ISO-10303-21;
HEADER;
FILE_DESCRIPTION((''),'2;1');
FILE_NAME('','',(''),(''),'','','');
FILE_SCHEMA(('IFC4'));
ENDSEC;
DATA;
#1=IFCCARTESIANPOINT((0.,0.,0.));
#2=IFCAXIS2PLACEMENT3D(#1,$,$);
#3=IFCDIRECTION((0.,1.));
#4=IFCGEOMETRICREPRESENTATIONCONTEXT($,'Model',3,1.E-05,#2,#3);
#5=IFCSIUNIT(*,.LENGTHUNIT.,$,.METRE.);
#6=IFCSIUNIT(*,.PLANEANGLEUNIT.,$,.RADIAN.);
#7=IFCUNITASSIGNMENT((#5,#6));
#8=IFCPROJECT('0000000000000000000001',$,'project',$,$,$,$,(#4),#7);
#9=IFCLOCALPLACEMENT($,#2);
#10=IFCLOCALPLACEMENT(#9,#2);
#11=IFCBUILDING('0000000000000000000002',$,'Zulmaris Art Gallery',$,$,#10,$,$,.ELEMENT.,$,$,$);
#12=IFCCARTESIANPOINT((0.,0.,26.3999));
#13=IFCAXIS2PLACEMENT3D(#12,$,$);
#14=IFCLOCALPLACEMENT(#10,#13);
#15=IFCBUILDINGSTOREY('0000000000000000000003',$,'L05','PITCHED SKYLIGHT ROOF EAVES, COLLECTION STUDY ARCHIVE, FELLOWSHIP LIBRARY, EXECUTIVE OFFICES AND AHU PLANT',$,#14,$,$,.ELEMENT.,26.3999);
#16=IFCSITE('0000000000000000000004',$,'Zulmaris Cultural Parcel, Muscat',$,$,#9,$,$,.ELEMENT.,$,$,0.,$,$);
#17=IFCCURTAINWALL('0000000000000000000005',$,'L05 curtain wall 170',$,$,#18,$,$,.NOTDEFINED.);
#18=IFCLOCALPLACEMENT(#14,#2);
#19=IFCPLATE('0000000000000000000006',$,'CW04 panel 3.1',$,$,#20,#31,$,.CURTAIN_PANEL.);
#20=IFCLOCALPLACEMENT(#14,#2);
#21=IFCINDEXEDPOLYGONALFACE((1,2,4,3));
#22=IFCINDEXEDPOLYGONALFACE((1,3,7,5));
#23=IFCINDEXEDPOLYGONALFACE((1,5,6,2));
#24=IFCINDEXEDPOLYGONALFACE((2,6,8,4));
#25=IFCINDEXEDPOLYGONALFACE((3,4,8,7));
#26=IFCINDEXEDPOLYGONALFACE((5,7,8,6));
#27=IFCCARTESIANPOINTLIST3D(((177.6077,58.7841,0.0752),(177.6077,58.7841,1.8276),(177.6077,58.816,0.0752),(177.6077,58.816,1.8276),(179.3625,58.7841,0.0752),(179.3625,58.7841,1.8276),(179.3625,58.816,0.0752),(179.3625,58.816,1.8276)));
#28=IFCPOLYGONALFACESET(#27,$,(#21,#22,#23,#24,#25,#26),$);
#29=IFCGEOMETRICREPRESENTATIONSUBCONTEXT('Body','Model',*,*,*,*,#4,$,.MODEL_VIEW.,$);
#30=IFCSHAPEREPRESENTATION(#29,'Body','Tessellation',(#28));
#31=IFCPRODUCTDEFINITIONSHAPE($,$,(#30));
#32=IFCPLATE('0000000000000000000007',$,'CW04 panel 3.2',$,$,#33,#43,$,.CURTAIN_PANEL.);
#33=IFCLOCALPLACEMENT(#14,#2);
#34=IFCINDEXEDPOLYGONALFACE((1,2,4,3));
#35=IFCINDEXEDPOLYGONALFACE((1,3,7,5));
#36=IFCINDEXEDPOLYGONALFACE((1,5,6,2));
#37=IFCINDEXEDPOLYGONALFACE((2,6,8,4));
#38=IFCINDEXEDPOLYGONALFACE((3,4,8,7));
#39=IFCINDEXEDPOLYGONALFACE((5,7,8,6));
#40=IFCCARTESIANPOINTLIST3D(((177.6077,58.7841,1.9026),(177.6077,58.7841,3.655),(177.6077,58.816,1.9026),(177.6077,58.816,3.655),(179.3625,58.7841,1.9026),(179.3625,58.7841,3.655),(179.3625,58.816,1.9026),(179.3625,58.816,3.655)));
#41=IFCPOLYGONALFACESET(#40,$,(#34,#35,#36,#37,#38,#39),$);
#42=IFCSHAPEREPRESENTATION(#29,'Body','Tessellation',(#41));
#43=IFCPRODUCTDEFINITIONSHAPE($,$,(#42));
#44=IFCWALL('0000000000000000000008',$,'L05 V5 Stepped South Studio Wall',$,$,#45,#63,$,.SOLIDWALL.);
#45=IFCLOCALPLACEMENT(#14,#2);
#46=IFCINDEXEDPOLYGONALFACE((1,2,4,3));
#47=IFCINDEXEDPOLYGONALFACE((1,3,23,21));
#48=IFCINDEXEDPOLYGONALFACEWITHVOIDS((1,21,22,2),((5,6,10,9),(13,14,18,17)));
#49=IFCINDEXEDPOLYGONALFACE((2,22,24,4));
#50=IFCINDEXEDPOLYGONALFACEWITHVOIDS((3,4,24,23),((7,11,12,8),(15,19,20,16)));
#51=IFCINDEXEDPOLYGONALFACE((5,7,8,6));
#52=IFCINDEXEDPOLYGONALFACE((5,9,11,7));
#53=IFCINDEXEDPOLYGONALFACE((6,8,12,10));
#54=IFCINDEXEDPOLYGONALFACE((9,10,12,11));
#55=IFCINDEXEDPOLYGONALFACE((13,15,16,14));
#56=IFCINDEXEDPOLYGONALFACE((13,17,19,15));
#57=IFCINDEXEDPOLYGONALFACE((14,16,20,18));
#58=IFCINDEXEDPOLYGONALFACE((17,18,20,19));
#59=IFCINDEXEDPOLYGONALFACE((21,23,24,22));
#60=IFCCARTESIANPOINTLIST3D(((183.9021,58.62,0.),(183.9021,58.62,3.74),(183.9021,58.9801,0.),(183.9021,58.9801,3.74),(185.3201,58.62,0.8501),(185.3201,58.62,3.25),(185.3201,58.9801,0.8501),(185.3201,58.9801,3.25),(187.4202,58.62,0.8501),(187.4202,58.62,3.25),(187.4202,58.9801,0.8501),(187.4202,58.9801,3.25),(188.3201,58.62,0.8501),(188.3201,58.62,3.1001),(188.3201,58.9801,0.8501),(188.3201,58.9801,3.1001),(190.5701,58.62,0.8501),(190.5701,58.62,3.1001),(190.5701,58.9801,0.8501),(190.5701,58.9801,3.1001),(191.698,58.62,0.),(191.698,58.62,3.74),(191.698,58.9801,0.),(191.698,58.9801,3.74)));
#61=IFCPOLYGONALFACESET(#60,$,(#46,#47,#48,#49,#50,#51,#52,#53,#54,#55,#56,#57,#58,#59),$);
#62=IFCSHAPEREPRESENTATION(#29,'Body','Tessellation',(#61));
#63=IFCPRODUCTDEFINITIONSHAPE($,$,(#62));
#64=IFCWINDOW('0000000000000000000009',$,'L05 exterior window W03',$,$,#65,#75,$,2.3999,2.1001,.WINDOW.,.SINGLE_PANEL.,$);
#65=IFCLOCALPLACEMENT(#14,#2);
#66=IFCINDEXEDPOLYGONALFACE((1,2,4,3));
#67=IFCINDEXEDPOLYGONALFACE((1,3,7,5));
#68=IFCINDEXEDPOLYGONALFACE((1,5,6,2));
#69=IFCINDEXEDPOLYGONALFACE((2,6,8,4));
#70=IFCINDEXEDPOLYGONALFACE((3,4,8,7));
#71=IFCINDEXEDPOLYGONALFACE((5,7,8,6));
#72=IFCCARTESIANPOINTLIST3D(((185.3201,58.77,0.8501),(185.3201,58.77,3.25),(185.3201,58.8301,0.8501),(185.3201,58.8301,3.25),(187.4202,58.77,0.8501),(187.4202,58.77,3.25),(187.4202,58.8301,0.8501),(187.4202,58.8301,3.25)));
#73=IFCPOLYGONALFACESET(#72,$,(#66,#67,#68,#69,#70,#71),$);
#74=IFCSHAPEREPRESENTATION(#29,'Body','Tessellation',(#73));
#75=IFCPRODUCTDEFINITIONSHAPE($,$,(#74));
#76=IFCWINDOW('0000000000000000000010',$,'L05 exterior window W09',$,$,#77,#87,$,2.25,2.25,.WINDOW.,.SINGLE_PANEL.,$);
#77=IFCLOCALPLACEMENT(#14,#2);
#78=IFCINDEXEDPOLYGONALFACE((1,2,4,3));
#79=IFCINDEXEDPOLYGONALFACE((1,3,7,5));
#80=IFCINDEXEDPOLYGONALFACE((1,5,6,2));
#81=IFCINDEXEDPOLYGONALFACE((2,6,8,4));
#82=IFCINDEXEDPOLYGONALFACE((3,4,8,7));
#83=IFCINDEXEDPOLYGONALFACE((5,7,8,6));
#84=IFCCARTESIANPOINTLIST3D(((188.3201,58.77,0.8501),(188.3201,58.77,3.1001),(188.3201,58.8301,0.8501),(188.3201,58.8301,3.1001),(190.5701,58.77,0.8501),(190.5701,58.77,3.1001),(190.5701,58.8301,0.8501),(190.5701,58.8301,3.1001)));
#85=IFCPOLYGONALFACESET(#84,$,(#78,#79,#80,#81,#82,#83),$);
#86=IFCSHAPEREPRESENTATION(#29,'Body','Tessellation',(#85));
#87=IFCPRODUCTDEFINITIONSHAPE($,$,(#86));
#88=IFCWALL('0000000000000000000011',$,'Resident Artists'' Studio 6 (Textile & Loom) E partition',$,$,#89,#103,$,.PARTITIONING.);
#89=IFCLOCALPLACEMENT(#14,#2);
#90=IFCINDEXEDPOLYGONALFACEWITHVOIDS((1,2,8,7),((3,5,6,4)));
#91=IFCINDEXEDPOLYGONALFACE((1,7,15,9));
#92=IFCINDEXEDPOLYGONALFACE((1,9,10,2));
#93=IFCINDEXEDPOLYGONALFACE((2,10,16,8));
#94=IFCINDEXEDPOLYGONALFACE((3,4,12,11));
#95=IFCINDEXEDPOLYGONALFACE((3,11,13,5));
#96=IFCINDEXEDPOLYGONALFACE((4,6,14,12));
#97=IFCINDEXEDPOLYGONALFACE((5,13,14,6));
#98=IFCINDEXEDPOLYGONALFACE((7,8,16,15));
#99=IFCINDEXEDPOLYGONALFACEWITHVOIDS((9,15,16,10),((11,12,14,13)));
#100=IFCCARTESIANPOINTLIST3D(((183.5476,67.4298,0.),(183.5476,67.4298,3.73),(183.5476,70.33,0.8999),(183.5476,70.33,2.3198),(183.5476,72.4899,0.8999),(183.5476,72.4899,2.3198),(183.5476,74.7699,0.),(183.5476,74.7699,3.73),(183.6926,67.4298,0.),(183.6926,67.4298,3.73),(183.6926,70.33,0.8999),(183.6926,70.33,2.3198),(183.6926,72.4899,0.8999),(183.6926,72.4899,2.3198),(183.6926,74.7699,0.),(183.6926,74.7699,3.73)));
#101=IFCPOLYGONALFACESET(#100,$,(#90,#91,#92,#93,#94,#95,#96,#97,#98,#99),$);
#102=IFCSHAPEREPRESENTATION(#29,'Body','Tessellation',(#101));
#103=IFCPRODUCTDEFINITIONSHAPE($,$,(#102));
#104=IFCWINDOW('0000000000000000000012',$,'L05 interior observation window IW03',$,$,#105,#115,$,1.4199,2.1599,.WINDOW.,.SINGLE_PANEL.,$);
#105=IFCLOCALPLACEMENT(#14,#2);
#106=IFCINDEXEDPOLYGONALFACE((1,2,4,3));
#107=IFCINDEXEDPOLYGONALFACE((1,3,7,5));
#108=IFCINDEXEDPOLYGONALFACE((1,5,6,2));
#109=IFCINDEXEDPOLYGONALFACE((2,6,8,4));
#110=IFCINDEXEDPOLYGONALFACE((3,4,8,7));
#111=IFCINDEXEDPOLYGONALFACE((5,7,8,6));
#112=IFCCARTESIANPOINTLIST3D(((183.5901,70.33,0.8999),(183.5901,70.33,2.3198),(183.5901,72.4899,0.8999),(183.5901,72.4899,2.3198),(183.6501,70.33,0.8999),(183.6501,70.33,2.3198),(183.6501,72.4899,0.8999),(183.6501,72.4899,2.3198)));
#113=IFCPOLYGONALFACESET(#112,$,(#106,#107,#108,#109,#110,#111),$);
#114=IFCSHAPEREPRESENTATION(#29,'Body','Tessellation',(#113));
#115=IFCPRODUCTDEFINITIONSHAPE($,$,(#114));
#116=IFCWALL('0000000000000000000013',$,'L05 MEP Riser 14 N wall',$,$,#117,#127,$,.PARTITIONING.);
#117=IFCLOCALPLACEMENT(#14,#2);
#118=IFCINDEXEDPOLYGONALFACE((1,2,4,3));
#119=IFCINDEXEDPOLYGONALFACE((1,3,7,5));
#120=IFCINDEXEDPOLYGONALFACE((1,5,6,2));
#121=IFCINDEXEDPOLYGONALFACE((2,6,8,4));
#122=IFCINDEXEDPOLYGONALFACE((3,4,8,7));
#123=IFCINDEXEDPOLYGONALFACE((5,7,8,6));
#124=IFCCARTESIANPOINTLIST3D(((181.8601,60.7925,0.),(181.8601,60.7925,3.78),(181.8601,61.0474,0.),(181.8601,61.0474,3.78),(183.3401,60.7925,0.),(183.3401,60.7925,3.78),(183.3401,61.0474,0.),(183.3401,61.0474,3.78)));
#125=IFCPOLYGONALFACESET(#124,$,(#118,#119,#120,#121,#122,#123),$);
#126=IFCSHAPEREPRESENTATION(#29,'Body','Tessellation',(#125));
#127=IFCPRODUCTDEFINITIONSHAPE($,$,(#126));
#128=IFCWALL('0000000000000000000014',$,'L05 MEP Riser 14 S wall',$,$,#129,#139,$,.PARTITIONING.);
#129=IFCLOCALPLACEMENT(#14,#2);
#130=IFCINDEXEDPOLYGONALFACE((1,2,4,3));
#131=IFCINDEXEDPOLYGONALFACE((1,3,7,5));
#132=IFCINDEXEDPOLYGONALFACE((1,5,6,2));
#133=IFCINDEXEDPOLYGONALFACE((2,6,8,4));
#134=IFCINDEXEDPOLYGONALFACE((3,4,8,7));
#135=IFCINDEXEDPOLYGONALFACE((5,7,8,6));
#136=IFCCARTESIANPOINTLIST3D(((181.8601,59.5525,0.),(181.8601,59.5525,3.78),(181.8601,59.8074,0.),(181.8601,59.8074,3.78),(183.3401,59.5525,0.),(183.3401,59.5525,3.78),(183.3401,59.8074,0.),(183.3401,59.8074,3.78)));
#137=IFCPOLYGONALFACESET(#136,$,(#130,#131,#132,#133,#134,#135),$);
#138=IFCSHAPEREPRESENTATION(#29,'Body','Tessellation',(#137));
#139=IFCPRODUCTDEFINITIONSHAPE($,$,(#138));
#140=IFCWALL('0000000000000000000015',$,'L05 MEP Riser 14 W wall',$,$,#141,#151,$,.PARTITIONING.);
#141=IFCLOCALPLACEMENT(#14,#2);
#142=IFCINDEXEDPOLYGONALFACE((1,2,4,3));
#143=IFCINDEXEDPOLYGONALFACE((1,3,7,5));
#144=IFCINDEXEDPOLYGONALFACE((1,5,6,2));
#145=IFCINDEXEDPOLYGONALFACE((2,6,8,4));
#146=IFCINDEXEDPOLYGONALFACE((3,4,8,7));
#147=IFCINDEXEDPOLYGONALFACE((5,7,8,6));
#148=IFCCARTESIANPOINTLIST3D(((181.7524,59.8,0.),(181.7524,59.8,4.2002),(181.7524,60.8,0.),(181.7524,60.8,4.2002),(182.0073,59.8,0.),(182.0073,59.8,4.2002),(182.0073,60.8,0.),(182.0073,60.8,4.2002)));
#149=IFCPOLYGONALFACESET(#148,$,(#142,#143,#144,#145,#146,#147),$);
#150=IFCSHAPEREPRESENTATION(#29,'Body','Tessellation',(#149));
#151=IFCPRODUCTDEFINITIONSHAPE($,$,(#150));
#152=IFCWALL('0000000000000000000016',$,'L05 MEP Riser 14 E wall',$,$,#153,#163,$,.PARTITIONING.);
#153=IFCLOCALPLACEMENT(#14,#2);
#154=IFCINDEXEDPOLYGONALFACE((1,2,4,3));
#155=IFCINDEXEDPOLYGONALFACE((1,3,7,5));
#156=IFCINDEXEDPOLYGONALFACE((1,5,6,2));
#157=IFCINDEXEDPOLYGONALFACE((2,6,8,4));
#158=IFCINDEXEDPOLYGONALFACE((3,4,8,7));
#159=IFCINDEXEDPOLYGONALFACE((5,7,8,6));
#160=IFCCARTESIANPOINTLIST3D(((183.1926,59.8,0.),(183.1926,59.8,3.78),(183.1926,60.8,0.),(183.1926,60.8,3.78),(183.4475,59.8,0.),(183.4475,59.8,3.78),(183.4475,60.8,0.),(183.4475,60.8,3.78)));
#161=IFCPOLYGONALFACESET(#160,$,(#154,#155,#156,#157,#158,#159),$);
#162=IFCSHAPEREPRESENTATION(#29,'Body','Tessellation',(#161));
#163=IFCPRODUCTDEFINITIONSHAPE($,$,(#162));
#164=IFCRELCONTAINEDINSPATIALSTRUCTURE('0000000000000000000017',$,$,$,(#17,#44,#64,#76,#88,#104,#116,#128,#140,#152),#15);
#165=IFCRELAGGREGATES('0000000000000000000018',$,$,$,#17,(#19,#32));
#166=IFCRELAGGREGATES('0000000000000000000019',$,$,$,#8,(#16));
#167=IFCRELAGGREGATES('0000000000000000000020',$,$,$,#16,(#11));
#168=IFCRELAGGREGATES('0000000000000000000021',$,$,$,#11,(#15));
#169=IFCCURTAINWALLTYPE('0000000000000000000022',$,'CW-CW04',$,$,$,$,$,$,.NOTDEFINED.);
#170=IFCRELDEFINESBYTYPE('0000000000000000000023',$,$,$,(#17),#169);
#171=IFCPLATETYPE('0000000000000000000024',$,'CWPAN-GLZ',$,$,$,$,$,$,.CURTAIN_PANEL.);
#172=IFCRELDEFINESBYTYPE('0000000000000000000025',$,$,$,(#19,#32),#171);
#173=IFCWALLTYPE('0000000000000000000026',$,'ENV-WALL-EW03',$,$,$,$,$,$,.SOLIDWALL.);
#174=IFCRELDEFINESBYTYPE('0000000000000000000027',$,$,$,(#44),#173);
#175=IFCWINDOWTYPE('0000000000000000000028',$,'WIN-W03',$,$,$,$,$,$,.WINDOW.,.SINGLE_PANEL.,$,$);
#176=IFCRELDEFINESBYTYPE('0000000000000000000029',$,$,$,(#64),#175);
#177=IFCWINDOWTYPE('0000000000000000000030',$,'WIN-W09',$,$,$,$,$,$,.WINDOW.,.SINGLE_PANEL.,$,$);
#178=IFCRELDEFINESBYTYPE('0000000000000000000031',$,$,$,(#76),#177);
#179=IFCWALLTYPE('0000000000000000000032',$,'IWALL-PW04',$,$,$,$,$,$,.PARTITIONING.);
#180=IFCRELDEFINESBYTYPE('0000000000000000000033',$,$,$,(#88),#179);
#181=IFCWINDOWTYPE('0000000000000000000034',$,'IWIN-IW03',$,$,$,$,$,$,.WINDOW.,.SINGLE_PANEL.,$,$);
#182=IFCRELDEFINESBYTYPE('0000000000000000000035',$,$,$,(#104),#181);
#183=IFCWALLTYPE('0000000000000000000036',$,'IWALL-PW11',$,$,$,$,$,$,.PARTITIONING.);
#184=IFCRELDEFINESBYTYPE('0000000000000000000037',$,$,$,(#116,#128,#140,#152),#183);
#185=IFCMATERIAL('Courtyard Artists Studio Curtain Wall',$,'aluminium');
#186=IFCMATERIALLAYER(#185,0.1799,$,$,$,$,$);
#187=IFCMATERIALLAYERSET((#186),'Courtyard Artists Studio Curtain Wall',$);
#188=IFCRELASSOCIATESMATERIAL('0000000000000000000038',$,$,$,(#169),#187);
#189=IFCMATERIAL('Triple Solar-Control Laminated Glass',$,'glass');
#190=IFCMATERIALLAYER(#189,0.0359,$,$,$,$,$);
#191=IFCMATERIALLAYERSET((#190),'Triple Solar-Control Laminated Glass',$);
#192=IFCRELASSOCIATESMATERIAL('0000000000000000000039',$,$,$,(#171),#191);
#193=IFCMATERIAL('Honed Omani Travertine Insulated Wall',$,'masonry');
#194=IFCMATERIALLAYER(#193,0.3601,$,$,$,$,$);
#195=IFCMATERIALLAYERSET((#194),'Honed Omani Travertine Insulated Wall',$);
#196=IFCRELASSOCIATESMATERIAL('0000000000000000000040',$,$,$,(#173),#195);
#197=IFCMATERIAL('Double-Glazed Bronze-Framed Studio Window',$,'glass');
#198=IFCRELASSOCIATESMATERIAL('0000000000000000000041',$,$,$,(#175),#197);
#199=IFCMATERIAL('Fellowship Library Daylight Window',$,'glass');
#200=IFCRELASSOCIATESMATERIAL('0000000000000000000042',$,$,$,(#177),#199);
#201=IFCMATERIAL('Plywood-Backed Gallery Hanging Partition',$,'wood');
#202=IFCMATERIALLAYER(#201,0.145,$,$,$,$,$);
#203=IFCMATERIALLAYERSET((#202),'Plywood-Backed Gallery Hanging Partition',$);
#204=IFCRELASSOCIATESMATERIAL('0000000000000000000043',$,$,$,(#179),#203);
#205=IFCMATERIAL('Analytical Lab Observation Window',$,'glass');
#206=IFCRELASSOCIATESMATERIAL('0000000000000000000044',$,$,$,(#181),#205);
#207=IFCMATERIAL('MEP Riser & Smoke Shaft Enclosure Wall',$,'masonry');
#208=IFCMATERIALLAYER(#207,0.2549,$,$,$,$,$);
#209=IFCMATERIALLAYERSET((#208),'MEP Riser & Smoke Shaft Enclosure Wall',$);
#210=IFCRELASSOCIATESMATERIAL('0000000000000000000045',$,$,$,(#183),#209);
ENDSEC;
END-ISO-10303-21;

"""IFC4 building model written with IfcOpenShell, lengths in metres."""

from ifc_helpers import new_model, si_unit, direction, frame, frame_2d, origin, origin_2d, place, context, subcontext, project, spatial, rectangle, extrude, material, layer, layer_set, type_object, element, fill, aggregate, save


model = new_model("IFC4")

# Units and contexts
model_context = context("Model", 3, precision=1e-05, world=origin(), true_north=direction((0.0, 1.0)))
body_context = subcontext(model_context, "Body", "Model", "MODEL_VIEW")
ifc_project = project(units=[si_unit("LENGTHUNIT", "METRE"), si_unit("PLANEANGLEUNIT", "RADIAN")], contexts=[model_context])

# Site, building, storey
site_placement = place(None, origin())
site = spatial("IfcSite", under=ifc_project, at=site_placement, Name="Zulmaris Cultural Parcel, Muscat", CompositionType="ELEMENT", RefElevation=0.0)
building_placement = place(site_placement, origin())
building = spatial("IfcBuilding", under=site, at=building_placement, Name="Zulmaris Art Gallery", CompositionType="ELEMENT")
storey_placement = place(building_placement, frame((0.0, 0.0, 26.3999)))
storey = spatial("IfcBuildingStorey", under=building, at=storey_placement, Name="L05", Description="PITCHED SKYLIGHT ROOF EAVES, COLLECTION STUDY ARCHIVE, FELLOWSHIP LIBRARY, EXECUTIVE OFFICES AND AHU PLANT", CompositionType="ELEMENT", Elevation=26.3999)

# Curtain wall, plates
ifc_material_1 = material(Name="Courtyard Artists Studio Curtain Wall", Category="aluminium")
ifc_layer_1 = layer(ifc_material_1, 0.1799)
ifc_layer_set_1 = layer_set([ifc_layer_1], Name="Courtyard Artists Studio Curtain Wall")
curtain_wall_type = type_object("IfcCurtainWallType", Name="CW-CW04", PredefinedType="NOTDEFINED", material=ifc_layer_set_1)
curtain_wall_placement = place(storey_placement, origin())
curtain_wall = element("IfcCurtainWall", 1, at=curtain_wall_placement, inside=storey, type_object=curtain_wall_type, Name="L05 curtain wall 170", PredefinedType="NOTDEFINED")
ifc_material_2 = material(Name="Triple Solar-Control Laminated Glass", Category="glass")
ifc_layer_2 = layer(ifc_material_2, 0.0359)
ifc_layer_set_2 = layer_set([ifc_layer_2], Name="Triple Solar-Control Laminated Glass")
plate_type = type_object("IfcPlateType", Name="CWPAN-GLZ", PredefinedType="CURTAIN_PANEL", material=ifc_layer_set_2)
plate_1_placement = place(storey_placement, frame((178.4851, 58.8, 0.0752), z_axis=(0.0, 0.0, 1.0), x_axis=(-1.0, 0.0, 0.0)))
plate_1 = element("IfcPlate", 2, at=plate_1_placement, type_object=plate_type, Name="CW04 panel 3.1", PredefinedType="CURTAIN_PANEL", context=body_context, shape_type="SweptSolid", body=[
    extrude(rectangle(XDim=1.7549, YDim=0.032, at=origin_2d()), origin(), (0.0, 0.0, 1.0), 1.7524),
])
plate_2_placement = place(storey_placement, frame((178.4851, 58.8, 1.9026), z_axis=(0.0, 0.0, 1.0), x_axis=(-1.0, 0.0, 0.0)))
plate_2 = element("IfcPlate", 3, at=plate_2_placement, type_object=plate_type, Name="CW04 panel 3.2", PredefinedType="CURTAIN_PANEL", context=body_context, shape_type="SweptSolid", body=[
    extrude(rectangle(XDim=1.7549, YDim=0.032, at=origin_2d()), origin(), (0.0, 0.0, 1.0), 1.7524),
])
aggregate(curtain_wall, [plate_1, plate_2])

# Wall, openings, windows
ifc_material_3 = material(Name="Honed Omani Travertine Insulated Wall", Category="masonry")
ifc_layer_3 = layer(ifc_material_3, 0.3601)
ifc_layer_set_3 = layer_set([ifc_layer_3], Name="Honed Omani Travertine Insulated Wall")
wall_type_1 = type_object("IfcWallType", Name="ENV-WALL-EW03", PredefinedType="SOLIDWALL", material=ifc_layer_set_3)
wall_1_placement = place(storey_placement, frame((183.9021, 58.8, 0.0), z_axis=(0.0, 0.0, 1.0), x_axis=(1.0, 0.0, 0.0)))
wall_1 = element("IfcWall", 4, at=wall_1_placement, inside=storey, type_object=wall_type_1, Name="L05 V5 Stepped South Studio Wall", PredefinedType="SOLIDWALL", context=body_context, shape_type="SweptSolid", body=[
    extrude(rectangle(XDim=7.7959, YDim=0.3601, at=frame_2d((3.8979, 0.0))), origin(), (0.0, 0.0, 1.0), 3.74),
])
opening_1_placement = place(wall_1_placement, frame((1.418, 0.0, 0.8501)))
opening_1 = element("IfcOpeningElement", 5, at=opening_1_placement, cuts=wall_1, PredefinedType="OPENING", context=body_context, shape_type="SweptSolid", body=[
    extrude(rectangle(XDim=2.1001, YDim=2.3999, at=frame_2d((1.05, 1.2))), frame((0.0, 0.1899, 0.0), z_axis=(0.0, -1.0, 0.0), x_axis=(1.0, 0.0, 0.0)), (0.0, 0.0, 1.0), 0.3801),
])
opening_2_placement = place(wall_1_placement, frame((4.418, 0.0, 0.8501)))
opening_2 = element("IfcOpeningElement", 6, at=opening_2_placement, cuts=wall_1, PredefinedType="OPENING", context=body_context, shape_type="SweptSolid", body=[
    extrude(rectangle(XDim=2.25, YDim=2.25, at=frame_2d((1.125, 1.125))), frame((0.0, 0.1899, 0.0), z_axis=(0.0, -1.0, 0.0), x_axis=(1.0, 0.0, 0.0)), (0.0, 0.0, 1.0), 0.3801),
])
ifc_material_4 = material(Name="Double-Glazed Bronze-Framed Studio Window", Category="glass")
window_type_1 = type_object("IfcWindowType", Name="WIN-W03", PartitioningType="SINGLE_PANEL", PredefinedType="WINDOW", material=ifc_material_4)
window_1_placement = place(opening_1_placement, origin())
window_1 = element("IfcWindow", 7, at=window_1_placement, inside=storey, type_object=window_type_1, Name="L05 exterior window W03", OverallHeight=2.3999, OverallWidth=2.1001, PartitioningType="SINGLE_PANEL", PredefinedType="WINDOW", context=body_context, shape_type="SweptSolid", body=[
    extrude(rectangle(XDim=2.1001, YDim=2.3999, at=frame_2d((1.05, 1.2))), frame((0.0, 0.03, 0.0), z_axis=(0.0, -1.0, 0.0), x_axis=(1.0, 0.0, 0.0)), (0.0, 0.0, 1.0), 0.0601),
])
fill(opening_1, window_1)
ifc_material_5 = material(Name="Fellowship Library Daylight Window", Category="glass")
window_type_2 = type_object("IfcWindowType", Name="WIN-W09", PartitioningType="SINGLE_PANEL", PredefinedType="WINDOW", material=ifc_material_5)
window_2_placement = place(opening_2_placement, origin())
window_2 = element("IfcWindow", 8, at=window_2_placement, inside=storey, type_object=window_type_2, Name="L05 exterior window W09", OverallHeight=2.25, OverallWidth=2.25, PartitioningType="SINGLE_PANEL", PredefinedType="WINDOW", context=body_context, shape_type="SweptSolid", body=[
    extrude(rectangle(XDim=2.25, YDim=2.25, at=frame_2d((1.125, 1.125))), frame((0.0, 0.03, 0.0), z_axis=(0.0, -1.0, 0.0), x_axis=(1.0, 0.0, 0.0)), (0.0, 0.0, 1.0), 0.0601),
])
fill(opening_2, window_2)

# Wall, opening, window
ifc_material_6 = material(Name="Plywood-Backed Gallery Hanging Partition", Category="wood")
ifc_layer_4 = layer(ifc_material_6, 0.145)
ifc_layer_set_4 = layer_set([ifc_layer_4], Name="Plywood-Backed Gallery Hanging Partition")
wall_type_2 = type_object("IfcWallType", Name="IWALL-PW04", PredefinedType="PARTITIONING", material=ifc_layer_set_4)
wall_2_placement = place(storey_placement, frame((183.6201, 67.4299, 0.0), z_axis=(0.0, 0.0, 1.0), x_axis=(0.0, 1.0, 0.0)))
wall_2 = element("IfcWall", 9, at=wall_2_placement, inside=storey, type_object=wall_type_2, Name="Resident Artists' Studio 6 (Textile & Loom) E partition", PredefinedType="PARTITIONING", context=body_context, shape_type="SweptSolid", body=[
    extrude(rectangle(XDim=7.3401, YDim=0.145, at=frame_2d((3.6699, 0.0))), origin(), (0.0, 0.0, 1.0), 3.73),
])
opening_3_placement = place(wall_2_placement, frame((2.8999, 0.0, 0.8999)))
opening_3 = element("IfcOpeningElement", 10, at=opening_3_placement, cuts=wall_2, PredefinedType="OPENING", context=body_context, shape_type="SweptSolid", body=[
    extrude(rectangle(XDim=2.1599, YDim=1.4199, at=frame_2d((1.0801, 0.71))), frame((0.0, 0.0825, 0.0), z_axis=(0.0, -1.0, 0.0), x_axis=(1.0, 0.0, 0.0)), (0.0, 0.0, 1.0), 0.165),
])
ifc_material_7 = material(Name="Analytical Lab Observation Window", Category="glass")
window_type_3 = type_object("IfcWindowType", Name="IWIN-IW03", PartitioningType="SINGLE_PANEL", PredefinedType="WINDOW", material=ifc_material_7)
window_3_placement = place(opening_3_placement, origin())
window_3 = element("IfcWindow", 11, at=window_3_placement, inside=storey, type_object=window_type_3, Name="L05 interior observation window IW03", OverallHeight=1.4199, OverallWidth=2.1599, PartitioningType="SINGLE_PANEL", PredefinedType="WINDOW", context=body_context, shape_type="SweptSolid", body=[
    extrude(rectangle(XDim=2.1599, YDim=1.4199, at=frame_2d((1.0801, 0.71))), frame((0.0, 0.03, 0.0), z_axis=(0.0, -1.0, 0.0), x_axis=(1.0, 0.0, 0.0)), (0.0, 0.0, 1.0), 0.0601),
])
fill(opening_3, window_3)

# Walls
ifc_material_8 = material(Name="MEP Riser & Smoke Shaft Enclosure Wall", Category="masonry")
ifc_layer_5 = layer(ifc_material_8, 0.2549)
ifc_layer_set_5 = layer_set([ifc_layer_5], Name="MEP Riser & Smoke Shaft Enclosure Wall")
wall_type_3 = type_object("IfcWallType", Name="IWALL-PW11", PredefinedType="PARTITIONING", material=ifc_layer_set_5)
for number, where, z_axis, x_axis, name in (
    (12, (181.8601, 60.9199, 0.0), (0.0, 0.0, 1.0), (1.0, 0.0, 0.0), "L05 MEP Riser 14 N wall"),
    (13, (181.8601, 59.6799, 0.0), (0.0, 0.0, 1.0), (1.0, 0.0, 0.0), "L05 MEP Riser 14 S wall"),
):
    element("IfcWall", number, at=place(storey_placement, frame(where, z_axis=z_axis, x_axis=x_axis)), inside=storey, type_object=wall_type_3, Name=name, PredefinedType="PARTITIONING", context=body_context, shape_type="SweptSolid", body=[
        extrude(rectangle(XDim=1.48, YDim=0.2549, at=frame_2d((0.74, 0.0))), origin(), (0.0, 0.0, 1.0), 3.78),
    ])
wall_3_placement = place(storey_placement, frame((181.8799, 59.8, 0.0), z_axis=(0.0, 0.0, 1.0), x_axis=(0.0, 1.0, 0.0)))
element("IfcWall", 14, at=wall_3_placement, inside=storey, type_object=wall_type_3, Name="L05 MEP Riser 14 W wall", PredefinedType="PARTITIONING", context=body_context, shape_type="SweptSolid", body=[
    extrude(rectangle(XDim=1.0, YDim=0.2549, at=frame_2d((0.5, 0.0))), origin(), (0.0, 0.0, 1.0), 4.2002),
])
wall_4_placement = place(storey_placement, frame((183.3201, 59.8, 0.0), z_axis=(0.0, 0.0, 1.0), x_axis=(0.0, 1.0, 0.0)))
element("IfcWall", 15, at=wall_4_placement, inside=storey, type_object=wall_type_3, Name="L05 MEP Riser 14 E wall", PredefinedType="PARTITIONING", context=body_context, shape_type="SweptSolid", body=[
    extrude(rectangle(XDim=1.0, YDim=0.2549, at=frame_2d((0.5, 0.0))), origin(), (0.0, 0.0, 1.0), 3.78),
])

save(model, "model.ifc")
